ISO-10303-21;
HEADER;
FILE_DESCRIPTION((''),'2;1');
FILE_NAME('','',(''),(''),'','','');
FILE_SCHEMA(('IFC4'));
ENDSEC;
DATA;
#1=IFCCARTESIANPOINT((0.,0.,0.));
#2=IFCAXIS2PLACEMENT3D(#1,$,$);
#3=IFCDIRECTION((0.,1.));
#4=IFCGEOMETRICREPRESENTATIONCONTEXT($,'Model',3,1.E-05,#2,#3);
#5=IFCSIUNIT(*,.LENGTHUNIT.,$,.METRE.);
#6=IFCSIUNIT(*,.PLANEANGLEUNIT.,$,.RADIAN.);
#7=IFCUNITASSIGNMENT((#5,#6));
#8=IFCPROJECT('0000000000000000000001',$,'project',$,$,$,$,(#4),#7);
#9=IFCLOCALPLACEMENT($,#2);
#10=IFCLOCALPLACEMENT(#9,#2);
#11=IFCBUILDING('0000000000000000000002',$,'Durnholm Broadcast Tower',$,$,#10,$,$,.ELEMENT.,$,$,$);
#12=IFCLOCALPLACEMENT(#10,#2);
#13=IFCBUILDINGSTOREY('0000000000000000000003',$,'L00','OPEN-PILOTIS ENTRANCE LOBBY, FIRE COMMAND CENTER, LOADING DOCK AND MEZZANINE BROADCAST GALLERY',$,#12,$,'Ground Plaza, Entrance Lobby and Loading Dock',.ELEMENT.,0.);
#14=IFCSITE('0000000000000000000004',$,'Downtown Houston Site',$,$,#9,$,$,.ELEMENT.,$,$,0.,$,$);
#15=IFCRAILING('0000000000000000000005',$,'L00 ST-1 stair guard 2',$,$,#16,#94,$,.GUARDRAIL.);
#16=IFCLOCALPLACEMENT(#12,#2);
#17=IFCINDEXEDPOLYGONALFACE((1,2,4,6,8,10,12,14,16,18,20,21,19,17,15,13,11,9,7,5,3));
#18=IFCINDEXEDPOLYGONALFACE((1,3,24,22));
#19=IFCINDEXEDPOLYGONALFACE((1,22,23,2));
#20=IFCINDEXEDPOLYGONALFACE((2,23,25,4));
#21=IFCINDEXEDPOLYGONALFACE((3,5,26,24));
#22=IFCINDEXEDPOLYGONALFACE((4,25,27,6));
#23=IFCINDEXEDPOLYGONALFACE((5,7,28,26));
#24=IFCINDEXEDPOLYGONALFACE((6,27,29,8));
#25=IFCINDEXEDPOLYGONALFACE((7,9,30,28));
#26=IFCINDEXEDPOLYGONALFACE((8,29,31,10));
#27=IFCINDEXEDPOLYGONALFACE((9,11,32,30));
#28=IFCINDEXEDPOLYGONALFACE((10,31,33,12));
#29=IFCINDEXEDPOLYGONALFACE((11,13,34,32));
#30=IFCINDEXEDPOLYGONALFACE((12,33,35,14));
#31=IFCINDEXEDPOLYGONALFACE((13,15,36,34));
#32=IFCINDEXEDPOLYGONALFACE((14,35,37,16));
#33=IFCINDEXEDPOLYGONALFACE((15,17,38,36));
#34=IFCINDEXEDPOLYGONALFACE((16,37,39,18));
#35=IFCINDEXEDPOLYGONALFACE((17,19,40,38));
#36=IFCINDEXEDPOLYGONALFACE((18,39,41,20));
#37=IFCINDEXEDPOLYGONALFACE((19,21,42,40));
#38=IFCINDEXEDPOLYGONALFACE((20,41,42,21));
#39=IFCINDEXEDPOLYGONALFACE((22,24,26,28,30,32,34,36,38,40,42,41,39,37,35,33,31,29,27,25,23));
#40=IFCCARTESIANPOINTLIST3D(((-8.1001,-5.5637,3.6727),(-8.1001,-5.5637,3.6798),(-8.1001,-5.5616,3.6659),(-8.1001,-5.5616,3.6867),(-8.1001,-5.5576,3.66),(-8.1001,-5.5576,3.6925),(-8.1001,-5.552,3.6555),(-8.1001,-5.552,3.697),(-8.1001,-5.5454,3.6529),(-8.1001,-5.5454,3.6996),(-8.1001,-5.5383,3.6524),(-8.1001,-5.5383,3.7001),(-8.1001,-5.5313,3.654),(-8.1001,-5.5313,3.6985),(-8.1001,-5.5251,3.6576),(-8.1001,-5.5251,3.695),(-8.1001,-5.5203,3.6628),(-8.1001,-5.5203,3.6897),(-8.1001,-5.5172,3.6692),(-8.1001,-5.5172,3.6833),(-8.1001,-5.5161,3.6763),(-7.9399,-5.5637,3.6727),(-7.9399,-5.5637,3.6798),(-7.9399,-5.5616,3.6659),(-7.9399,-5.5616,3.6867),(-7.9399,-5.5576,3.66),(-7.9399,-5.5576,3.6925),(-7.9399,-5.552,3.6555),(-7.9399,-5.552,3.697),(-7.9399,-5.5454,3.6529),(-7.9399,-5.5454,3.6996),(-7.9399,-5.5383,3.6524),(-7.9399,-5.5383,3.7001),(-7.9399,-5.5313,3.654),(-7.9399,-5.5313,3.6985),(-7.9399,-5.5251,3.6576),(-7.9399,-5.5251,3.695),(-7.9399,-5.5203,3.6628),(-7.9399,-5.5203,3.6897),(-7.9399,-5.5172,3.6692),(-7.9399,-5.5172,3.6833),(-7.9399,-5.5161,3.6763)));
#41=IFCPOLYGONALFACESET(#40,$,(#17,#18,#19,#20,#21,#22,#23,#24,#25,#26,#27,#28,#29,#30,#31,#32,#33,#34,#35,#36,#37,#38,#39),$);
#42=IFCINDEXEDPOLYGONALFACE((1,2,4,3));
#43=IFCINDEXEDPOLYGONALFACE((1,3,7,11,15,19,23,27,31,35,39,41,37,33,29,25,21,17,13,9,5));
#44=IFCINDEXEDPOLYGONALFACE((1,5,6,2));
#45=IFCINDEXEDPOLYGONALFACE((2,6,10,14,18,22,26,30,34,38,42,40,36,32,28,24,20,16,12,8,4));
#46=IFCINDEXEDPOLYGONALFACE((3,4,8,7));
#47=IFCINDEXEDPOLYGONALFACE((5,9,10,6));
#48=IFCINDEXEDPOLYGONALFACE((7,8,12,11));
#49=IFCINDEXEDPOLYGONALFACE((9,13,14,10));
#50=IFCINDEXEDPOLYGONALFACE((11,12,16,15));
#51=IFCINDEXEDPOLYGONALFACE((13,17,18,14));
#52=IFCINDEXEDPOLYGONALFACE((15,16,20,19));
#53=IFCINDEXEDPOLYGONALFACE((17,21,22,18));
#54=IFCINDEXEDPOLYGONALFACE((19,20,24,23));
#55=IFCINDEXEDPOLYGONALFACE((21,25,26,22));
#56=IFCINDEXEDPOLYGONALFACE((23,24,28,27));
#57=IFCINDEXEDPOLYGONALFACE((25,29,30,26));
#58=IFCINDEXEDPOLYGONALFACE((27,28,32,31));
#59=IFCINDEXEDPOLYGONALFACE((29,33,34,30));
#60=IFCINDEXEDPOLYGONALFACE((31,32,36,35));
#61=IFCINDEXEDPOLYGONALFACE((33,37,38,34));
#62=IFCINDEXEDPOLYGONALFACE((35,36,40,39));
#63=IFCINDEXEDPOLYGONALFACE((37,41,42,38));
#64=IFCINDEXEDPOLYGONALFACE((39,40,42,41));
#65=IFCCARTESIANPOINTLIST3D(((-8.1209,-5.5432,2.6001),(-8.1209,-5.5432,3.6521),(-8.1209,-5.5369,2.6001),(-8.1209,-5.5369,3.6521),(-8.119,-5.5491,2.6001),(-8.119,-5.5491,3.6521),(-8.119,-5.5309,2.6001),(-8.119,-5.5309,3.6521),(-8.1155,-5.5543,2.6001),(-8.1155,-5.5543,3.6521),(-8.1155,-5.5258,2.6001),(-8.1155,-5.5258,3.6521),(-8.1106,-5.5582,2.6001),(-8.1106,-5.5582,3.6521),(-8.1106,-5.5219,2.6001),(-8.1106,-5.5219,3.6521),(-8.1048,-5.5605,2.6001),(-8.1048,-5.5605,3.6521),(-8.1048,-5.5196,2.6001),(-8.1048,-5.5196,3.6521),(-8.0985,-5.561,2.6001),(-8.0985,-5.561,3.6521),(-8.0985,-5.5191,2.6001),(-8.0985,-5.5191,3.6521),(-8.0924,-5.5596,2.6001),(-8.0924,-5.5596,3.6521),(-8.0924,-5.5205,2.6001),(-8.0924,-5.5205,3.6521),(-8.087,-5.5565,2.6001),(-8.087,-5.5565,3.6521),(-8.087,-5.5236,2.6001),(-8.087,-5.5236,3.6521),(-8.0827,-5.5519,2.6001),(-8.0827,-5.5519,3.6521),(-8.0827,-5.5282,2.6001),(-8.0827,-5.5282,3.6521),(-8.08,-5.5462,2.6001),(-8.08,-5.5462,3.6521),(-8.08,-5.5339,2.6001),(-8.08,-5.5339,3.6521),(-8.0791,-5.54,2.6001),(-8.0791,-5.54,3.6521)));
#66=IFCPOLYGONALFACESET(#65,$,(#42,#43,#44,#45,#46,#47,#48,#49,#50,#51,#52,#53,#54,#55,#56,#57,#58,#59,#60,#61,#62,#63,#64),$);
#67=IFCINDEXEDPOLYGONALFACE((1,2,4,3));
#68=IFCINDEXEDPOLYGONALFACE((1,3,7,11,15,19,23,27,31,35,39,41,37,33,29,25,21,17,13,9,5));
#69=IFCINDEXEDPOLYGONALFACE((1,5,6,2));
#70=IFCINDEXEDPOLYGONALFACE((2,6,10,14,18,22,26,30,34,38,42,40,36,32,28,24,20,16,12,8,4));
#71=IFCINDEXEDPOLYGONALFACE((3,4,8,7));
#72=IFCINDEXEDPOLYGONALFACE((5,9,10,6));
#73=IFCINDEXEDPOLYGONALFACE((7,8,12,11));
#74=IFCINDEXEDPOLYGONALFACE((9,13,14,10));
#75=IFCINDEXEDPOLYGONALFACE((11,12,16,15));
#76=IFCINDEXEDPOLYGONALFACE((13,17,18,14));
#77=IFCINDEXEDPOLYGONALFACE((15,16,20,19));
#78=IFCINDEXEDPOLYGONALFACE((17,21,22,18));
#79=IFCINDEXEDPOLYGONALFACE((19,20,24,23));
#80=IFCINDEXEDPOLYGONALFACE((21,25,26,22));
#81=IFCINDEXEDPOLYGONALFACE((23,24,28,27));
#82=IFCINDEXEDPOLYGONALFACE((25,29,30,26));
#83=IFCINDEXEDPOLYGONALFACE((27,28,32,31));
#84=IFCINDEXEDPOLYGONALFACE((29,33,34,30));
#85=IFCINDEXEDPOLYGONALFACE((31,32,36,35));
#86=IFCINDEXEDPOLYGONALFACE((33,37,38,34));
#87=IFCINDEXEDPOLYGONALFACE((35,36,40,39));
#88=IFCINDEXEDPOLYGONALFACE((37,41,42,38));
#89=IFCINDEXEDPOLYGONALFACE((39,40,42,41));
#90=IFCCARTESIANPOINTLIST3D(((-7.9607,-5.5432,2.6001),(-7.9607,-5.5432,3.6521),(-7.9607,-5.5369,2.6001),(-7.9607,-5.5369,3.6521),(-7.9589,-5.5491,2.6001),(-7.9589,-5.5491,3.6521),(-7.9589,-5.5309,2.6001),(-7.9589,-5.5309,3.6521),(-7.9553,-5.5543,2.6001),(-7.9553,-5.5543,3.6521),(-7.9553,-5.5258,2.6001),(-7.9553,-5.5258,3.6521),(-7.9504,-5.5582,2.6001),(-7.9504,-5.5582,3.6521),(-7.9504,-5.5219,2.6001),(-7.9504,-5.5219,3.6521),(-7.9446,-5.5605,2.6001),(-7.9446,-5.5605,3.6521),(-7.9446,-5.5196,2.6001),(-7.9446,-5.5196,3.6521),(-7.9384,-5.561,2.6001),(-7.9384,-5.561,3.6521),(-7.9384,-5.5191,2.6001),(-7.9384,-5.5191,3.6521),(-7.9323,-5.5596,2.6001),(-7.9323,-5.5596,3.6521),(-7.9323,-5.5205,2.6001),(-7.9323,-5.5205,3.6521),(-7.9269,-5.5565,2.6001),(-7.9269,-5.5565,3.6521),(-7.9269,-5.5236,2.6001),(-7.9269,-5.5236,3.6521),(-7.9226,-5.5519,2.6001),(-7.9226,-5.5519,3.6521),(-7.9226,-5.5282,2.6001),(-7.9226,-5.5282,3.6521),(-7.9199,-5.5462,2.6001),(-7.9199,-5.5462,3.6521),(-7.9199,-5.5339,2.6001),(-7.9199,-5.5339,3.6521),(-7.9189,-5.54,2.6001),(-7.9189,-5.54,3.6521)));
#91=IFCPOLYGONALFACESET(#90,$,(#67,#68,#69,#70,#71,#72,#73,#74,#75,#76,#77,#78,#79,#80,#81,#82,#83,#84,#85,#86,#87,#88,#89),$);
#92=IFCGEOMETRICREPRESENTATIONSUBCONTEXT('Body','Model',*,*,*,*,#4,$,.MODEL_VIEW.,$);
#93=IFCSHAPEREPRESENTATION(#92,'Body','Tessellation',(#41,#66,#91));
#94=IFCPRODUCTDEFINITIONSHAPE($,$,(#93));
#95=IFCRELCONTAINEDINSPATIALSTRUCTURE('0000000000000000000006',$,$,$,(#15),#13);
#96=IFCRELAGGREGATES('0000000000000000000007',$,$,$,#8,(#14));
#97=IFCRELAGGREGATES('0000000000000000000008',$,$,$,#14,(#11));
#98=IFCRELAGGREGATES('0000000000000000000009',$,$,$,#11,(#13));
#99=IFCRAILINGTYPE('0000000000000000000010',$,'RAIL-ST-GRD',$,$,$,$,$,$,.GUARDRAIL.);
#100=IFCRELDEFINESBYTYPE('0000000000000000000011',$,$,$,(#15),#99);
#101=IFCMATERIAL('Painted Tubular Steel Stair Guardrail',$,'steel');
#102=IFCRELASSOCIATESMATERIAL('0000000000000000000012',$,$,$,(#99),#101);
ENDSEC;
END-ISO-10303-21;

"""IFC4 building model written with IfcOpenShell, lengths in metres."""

from ifc_helpers import new_model, si_unit, direction, frame, origin, origin_2d, place, context, subcontext, project, spatial, circle, extrude, material, type_object, element, save


model = new_model("IFC4")

# Units and contexts
model_context = context("Model", 3, precision=1e-05, world=origin(), true_north=direction((0.0, 1.0)))
body_context = subcontext(model_context, "Body", "Model", "MODEL_VIEW")
ifc_project = project(units=[si_unit("LENGTHUNIT", "METRE"), si_unit("PLANEANGLEUNIT", "RADIAN")], contexts=[model_context])

# Site, building, storey
site_placement = place(None, origin())
site = spatial("IfcSite", under=ifc_project, at=site_placement, Name="Downtown Houston Site", CompositionType="ELEMENT", RefElevation=0.0)
building_placement = place(site_placement, origin())
building = spatial("IfcBuilding", under=site, at=building_placement, Name="Durnholm Broadcast Tower", CompositionType="ELEMENT")
storey_placement = place(building_placement, origin())
storey = spatial("IfcBuildingStorey", under=building, at=storey_placement, Name="L00", Description="OPEN-PILOTIS ENTRANCE LOBBY, FIRE COMMAND CENTER, LOADING DOCK AND MEZZANINE BROADCAST GALLERY", LongName="Ground Plaza, Entrance Lobby and Loading Dock", CompositionType="ELEMENT", Elevation=0.0)

# Railing
ifc_material_1 = material(Name="Painted Tubular Steel Stair Guardrail", Category="steel")
railing_type_1 = type_object("IfcRailingType", Name="RAIL-ST-GRD", PredefinedType="GUARDRAIL", material=ifc_material_1)
railing_1_placement = place(storey_placement, frame((-8.1001, -5.54, 2.6001)))
element("IfcRailing", 1, at=railing_1_placement, inside=storey, type_object=railing_type_1, Name="L00 ST-1 stair guard 2", PredefinedType="GUARDRAIL", context=body_context, shape_type="SweptSolid", body=[
    extrude(circle(Radius=0.0239, at=origin_2d()), frame((0.0, 0.0, 1.0762), z_axis=(1.0, 0.0, 0.0), x_axis=(0.0, 1.0, 0.0)), (0.0, 0.0, 1.0), 0.1602),
    extrude(circle(Radius=0.021, at=origin_2d()), origin(), (0.0, 0.0, 1.0), 1.052),
    extrude(circle(Radius=0.021, at=origin_2d()), frame((0.1602, 0.0, 0.0)), (0.0, 0.0, 1.0), 1.052),
])

save(model, "model.ifc")
